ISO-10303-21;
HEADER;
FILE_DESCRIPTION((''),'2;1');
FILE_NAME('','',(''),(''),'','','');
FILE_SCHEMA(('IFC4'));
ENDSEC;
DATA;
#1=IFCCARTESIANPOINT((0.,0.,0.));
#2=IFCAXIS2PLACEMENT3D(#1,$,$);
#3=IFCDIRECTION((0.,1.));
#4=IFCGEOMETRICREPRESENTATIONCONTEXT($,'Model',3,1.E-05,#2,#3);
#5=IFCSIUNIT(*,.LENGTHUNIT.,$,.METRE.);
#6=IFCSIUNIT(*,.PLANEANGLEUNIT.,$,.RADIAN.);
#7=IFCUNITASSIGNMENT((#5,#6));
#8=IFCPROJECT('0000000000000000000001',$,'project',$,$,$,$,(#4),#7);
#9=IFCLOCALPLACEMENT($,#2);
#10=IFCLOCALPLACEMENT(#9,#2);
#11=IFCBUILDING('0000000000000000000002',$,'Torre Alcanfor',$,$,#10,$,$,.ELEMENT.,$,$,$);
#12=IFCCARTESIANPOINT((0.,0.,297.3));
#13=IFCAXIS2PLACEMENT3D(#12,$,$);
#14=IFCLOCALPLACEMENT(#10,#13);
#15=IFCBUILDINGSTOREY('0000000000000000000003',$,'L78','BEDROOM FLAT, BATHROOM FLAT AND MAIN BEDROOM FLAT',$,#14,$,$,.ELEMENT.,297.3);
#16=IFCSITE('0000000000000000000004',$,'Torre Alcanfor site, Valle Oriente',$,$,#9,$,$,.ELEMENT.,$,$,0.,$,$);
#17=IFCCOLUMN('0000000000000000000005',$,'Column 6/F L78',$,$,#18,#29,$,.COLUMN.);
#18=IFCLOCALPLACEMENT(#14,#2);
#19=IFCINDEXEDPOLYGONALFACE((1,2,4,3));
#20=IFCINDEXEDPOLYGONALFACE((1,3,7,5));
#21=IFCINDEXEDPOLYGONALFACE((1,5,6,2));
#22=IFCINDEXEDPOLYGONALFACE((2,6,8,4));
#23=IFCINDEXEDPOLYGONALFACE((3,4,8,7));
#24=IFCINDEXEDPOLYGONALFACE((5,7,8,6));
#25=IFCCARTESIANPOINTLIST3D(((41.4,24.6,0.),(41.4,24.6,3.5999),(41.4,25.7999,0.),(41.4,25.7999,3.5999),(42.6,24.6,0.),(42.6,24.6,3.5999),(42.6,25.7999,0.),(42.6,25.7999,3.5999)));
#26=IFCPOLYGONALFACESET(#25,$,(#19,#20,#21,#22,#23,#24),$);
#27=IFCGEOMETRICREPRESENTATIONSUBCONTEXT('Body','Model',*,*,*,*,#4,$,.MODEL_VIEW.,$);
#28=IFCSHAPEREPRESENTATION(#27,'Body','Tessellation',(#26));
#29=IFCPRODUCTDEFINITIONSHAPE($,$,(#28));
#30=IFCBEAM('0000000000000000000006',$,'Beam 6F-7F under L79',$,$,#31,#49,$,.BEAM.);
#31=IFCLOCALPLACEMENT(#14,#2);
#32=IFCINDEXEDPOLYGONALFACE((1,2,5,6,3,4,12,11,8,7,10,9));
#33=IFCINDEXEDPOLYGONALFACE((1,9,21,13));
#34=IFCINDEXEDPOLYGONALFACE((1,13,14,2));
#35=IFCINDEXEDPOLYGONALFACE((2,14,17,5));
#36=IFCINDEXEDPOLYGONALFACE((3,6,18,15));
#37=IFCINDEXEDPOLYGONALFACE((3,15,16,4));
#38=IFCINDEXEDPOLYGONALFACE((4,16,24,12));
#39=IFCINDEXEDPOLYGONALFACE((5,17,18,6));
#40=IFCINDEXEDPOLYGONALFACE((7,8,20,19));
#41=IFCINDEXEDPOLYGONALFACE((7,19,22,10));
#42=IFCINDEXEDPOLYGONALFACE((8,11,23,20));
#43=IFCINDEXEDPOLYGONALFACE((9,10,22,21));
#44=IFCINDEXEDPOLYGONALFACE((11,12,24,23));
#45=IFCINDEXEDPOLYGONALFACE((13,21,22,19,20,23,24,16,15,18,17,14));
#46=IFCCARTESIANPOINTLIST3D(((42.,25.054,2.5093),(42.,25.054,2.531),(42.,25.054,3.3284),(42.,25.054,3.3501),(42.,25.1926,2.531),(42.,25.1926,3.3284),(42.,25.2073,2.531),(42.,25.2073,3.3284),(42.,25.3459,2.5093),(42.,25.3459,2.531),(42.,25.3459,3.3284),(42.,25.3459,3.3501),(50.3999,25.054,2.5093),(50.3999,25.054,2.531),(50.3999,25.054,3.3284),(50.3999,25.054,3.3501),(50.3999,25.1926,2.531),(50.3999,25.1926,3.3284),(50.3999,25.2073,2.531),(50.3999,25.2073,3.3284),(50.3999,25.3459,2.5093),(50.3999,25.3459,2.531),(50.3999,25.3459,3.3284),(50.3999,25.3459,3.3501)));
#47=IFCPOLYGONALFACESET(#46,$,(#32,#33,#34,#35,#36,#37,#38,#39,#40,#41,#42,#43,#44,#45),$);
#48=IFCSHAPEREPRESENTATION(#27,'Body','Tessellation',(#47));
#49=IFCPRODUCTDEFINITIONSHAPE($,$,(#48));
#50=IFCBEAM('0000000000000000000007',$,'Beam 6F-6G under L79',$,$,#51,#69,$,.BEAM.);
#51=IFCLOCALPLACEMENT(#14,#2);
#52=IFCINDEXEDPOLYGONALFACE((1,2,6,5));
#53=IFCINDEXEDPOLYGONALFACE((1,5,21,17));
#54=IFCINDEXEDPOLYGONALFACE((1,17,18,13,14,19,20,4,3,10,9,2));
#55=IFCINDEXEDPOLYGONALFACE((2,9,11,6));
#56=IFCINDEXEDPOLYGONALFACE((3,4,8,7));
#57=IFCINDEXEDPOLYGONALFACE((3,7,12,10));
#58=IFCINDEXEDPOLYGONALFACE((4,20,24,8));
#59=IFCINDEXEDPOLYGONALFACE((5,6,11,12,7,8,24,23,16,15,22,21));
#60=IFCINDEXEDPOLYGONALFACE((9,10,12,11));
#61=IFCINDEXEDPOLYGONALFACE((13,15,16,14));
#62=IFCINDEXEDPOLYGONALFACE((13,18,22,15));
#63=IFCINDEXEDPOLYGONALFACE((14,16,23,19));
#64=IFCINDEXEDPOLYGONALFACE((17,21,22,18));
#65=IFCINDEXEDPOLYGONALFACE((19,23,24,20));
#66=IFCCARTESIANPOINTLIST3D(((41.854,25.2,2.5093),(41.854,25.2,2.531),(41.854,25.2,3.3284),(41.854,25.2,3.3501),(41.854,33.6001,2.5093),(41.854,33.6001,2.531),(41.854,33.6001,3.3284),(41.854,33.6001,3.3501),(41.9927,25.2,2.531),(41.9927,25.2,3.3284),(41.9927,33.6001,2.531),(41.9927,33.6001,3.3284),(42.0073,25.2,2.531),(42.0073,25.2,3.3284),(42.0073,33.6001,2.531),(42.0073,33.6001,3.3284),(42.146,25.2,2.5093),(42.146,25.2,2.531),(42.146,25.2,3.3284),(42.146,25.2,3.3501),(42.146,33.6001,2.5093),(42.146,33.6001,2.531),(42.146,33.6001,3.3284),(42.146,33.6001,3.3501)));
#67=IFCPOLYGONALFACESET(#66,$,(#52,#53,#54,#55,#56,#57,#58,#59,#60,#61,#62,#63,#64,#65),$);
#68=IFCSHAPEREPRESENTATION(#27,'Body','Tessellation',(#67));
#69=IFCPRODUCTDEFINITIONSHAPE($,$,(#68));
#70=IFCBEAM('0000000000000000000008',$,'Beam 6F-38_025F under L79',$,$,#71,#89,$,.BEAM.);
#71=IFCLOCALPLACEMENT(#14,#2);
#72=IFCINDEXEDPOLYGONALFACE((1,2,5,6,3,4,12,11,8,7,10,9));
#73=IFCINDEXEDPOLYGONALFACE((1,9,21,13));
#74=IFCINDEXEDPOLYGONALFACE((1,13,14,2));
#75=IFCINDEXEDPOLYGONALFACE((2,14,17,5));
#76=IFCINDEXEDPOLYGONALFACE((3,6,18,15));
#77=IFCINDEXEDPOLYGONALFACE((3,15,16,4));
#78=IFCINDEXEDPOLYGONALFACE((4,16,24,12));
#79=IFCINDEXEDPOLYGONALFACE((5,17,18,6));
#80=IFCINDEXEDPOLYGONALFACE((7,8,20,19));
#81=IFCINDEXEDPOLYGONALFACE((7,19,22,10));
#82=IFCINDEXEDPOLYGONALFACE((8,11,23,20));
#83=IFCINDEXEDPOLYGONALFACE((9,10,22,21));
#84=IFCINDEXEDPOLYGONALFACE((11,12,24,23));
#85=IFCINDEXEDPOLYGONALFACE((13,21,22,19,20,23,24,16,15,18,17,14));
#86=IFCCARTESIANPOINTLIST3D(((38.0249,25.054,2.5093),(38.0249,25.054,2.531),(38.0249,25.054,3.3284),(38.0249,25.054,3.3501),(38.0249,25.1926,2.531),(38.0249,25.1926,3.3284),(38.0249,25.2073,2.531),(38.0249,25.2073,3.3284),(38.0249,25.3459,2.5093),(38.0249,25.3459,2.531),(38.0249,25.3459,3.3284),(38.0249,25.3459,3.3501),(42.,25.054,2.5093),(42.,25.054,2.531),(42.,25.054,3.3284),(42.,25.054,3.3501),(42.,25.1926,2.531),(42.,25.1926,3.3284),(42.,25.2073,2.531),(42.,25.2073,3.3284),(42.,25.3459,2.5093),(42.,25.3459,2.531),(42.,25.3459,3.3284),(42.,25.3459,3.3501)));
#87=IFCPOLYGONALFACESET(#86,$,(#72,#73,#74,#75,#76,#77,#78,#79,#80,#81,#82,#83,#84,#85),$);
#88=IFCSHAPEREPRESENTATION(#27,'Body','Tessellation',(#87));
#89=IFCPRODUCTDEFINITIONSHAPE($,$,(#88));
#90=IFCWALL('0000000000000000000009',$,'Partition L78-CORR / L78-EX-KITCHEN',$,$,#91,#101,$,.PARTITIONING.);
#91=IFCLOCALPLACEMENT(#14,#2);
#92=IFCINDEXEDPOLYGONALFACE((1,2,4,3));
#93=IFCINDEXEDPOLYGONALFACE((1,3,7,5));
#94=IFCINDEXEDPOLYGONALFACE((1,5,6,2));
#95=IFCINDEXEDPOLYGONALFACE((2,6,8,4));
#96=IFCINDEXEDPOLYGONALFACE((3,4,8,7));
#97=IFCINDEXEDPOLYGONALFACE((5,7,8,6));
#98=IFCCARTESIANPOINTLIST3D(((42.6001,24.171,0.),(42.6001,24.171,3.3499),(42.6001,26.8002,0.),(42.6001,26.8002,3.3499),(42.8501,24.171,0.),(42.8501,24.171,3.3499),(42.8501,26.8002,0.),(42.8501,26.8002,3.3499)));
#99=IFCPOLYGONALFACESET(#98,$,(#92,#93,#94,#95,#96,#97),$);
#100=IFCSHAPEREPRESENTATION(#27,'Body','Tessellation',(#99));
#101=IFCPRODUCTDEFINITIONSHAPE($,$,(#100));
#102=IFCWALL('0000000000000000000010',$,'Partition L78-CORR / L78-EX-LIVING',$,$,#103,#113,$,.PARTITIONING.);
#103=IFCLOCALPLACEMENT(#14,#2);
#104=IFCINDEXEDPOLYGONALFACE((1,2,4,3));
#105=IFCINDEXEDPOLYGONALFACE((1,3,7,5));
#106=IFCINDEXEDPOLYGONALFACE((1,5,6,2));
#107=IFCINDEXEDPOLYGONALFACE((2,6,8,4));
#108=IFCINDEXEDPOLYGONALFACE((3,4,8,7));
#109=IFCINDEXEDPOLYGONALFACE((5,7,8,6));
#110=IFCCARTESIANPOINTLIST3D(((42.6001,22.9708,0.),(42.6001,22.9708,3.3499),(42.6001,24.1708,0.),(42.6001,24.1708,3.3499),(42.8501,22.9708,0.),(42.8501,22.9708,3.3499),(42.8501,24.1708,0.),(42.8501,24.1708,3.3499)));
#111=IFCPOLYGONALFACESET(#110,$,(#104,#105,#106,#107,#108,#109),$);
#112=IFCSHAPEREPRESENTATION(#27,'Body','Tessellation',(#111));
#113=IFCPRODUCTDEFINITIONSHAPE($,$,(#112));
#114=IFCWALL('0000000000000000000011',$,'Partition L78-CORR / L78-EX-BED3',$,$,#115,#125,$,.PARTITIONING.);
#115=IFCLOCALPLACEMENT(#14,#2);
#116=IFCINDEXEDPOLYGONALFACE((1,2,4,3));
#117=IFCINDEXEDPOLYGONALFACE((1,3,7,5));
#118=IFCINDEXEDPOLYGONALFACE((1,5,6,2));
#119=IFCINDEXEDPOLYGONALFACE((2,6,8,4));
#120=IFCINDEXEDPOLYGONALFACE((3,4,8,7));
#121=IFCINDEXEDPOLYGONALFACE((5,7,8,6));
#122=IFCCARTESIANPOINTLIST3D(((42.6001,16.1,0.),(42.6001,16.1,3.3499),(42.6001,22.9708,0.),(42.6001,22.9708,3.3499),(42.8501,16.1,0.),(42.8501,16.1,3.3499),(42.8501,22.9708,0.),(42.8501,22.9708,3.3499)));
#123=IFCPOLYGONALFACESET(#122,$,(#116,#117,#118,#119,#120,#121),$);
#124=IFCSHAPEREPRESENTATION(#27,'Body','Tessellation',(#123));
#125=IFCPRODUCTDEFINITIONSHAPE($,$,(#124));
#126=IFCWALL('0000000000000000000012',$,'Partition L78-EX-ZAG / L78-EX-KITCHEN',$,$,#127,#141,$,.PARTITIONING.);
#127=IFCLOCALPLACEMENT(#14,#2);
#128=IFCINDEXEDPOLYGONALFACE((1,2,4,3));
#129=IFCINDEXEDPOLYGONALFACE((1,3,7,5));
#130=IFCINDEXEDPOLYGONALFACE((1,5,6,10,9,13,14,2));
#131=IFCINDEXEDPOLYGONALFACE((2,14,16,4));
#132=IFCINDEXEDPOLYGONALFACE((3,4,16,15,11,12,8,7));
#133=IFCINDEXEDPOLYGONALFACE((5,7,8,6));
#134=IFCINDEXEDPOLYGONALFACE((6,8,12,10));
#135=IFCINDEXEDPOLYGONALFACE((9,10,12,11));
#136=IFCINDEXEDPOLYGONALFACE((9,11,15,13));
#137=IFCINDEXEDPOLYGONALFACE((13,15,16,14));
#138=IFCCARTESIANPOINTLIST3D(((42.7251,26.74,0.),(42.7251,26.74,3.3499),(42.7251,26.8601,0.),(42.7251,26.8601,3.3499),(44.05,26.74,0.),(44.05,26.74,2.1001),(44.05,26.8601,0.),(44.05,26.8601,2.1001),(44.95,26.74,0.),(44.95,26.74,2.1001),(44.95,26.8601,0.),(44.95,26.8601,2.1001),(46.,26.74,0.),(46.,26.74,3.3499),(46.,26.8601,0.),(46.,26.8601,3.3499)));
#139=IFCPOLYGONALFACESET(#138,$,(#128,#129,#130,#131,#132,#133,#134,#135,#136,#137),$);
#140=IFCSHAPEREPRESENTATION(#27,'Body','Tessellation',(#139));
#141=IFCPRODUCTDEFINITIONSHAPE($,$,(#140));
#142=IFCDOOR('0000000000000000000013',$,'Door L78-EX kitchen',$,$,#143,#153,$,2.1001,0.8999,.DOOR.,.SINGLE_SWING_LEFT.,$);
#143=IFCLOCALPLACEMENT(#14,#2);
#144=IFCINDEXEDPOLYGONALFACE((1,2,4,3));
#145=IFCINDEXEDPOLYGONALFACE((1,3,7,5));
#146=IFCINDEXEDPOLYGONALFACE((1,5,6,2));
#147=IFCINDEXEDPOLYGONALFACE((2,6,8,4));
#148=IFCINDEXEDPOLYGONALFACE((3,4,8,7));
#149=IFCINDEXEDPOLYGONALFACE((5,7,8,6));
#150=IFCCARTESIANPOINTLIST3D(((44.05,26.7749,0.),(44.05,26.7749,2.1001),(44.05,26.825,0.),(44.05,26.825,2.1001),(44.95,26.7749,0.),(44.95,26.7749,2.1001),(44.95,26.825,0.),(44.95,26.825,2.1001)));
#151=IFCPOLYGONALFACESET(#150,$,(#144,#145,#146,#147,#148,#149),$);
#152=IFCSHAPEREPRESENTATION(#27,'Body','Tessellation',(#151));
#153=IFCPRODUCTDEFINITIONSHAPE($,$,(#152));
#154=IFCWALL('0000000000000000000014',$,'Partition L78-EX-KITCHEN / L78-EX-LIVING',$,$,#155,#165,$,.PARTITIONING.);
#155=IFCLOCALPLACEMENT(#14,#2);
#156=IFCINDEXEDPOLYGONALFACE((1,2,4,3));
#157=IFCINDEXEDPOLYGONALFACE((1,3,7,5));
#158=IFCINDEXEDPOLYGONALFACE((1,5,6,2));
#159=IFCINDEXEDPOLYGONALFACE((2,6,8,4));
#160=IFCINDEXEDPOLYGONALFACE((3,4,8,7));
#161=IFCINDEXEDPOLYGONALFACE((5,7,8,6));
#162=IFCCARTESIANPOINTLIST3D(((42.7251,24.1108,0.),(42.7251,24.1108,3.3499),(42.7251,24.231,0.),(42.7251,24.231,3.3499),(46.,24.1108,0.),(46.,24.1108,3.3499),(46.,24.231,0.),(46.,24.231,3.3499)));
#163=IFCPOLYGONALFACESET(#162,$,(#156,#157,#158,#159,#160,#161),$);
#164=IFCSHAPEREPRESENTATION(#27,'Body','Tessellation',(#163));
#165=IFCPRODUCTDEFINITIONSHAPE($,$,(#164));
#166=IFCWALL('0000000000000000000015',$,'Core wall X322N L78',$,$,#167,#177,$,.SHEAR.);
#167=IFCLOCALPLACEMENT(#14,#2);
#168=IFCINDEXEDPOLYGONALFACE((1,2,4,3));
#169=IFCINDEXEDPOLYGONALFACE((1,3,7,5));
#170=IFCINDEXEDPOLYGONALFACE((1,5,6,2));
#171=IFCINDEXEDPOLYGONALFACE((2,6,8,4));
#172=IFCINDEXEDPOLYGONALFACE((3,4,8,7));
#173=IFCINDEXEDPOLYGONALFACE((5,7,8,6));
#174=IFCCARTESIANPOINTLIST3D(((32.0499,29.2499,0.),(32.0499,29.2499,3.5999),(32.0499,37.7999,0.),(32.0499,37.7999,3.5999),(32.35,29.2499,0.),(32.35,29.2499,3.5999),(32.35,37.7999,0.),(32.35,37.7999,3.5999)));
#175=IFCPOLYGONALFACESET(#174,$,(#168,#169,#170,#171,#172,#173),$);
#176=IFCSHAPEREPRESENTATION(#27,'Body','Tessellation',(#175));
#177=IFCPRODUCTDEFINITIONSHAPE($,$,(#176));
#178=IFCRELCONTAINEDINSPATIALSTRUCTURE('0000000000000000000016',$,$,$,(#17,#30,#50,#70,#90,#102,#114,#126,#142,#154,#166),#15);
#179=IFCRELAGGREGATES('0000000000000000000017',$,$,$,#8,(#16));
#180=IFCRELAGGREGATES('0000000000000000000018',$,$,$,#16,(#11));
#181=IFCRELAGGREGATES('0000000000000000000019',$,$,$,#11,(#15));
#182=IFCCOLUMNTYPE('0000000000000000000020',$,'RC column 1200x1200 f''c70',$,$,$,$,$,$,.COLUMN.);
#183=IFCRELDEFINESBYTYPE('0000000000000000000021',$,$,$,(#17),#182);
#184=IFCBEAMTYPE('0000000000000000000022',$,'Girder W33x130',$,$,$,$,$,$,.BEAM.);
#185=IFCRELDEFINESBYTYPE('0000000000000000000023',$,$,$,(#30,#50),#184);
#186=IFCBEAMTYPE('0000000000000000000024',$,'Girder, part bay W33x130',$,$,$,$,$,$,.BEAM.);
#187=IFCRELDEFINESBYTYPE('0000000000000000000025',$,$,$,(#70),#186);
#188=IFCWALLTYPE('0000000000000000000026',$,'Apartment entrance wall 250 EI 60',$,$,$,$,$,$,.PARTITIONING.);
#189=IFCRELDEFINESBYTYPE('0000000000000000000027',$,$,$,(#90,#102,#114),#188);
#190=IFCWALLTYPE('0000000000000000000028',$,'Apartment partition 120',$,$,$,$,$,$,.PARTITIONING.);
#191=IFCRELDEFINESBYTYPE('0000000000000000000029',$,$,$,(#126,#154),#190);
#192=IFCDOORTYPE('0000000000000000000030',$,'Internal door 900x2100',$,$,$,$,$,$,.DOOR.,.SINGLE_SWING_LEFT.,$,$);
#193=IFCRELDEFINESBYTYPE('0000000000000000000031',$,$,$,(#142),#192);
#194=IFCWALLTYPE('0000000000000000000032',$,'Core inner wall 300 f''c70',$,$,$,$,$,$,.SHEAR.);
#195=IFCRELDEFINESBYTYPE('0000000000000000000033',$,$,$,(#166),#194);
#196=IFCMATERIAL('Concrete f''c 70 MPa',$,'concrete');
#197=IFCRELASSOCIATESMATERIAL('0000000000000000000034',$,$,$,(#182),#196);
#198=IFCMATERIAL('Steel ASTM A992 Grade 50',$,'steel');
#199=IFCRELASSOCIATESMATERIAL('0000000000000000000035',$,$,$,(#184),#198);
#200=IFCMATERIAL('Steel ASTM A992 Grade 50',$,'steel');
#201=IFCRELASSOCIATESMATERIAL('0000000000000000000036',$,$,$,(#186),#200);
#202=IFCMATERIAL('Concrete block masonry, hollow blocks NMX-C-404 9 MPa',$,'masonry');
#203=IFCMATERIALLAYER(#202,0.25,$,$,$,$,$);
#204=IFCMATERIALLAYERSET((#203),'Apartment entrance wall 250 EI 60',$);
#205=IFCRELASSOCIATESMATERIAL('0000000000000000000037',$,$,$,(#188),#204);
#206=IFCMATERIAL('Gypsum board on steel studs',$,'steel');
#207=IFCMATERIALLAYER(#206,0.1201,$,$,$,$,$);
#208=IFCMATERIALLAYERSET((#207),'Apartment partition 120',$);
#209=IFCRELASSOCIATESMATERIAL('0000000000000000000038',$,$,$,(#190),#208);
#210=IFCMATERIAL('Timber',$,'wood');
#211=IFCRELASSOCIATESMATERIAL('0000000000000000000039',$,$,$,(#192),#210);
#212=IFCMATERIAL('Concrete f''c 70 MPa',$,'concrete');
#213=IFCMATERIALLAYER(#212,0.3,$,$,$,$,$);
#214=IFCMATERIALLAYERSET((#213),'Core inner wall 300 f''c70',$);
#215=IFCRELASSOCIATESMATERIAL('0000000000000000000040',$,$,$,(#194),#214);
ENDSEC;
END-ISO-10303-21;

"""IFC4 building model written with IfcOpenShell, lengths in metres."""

from ifc_helpers import new_model, si_unit, direction, frame, frame_2d, origin, origin_2d, place, context, subcontext, project, spatial, rectangle, i_section, extrude, material, layer, layer_set, material_profile, profile_set, type_object, element, fill, save


model = new_model("IFC4")

# Units and contexts
model_context = context("Model", 3, precision=1e-05, world=origin(), true_north=direction((0.0, 1.0)))
body_context = subcontext(model_context, "Body", "Model", "MODEL_VIEW")
ifc_project = project(units=[si_unit("LENGTHUNIT", "METRE"), si_unit("PLANEANGLEUNIT", "RADIAN")], contexts=[model_context])

# Site, building, storey
site_placement = place(None, origin())
site = spatial("IfcSite", under=ifc_project, at=site_placement, Name="Torre Alcanfor site, Valle Oriente", CompositionType="ELEMENT", RefElevation=0.0)
building_placement = place(site_placement, origin())
building = spatial("IfcBuilding", under=site, at=building_placement, Name="Torre Alcanfor", CompositionType="ELEMENT")
storey_placement = place(building_placement, frame((0.0, 0.0, 297.3)))
storey = spatial("IfcBuildingStorey", under=building, at=storey_placement, Name="L78", Description="BEDROOM FLAT, BATHROOM FLAT AND MAIN BEDROOM FLAT", CompositionType="ELEMENT", Elevation=297.3)

# Column
ifc_material_1 = material(Name="Concrete f'c 70 MPa", Category="concrete")
ifc_material_profile_1 = material_profile(ifc_material_1, rectangle(XDim=1.2, YDim=1.2, at=origin_2d()), Name="1200x1200")
ifc_profile_set_1 = profile_set([ifc_material_profile_1], Name="Concrete f'c 70 MPa")
column_type = type_object("IfcColumnType", Name="RC column 1200x1200 f'c70", PredefinedType="COLUMN", material=ifc_profile_set_1)
column_placement = place(storey_placement, frame((42.0, 25.2, 0.0), z_axis=(0.0, 0.0, 1.0), x_axis=(1.0, 0.0, 0.0)))
element("IfcColumn", 1, at=column_placement, inside=storey, type_object=column_type, Name="Column 6/F L78", PredefinedType="COLUMN", context=body_context, shape_type="SweptSolid", body=[
    extrude(rectangle(XDim=1.2, YDim=1.2, at=origin_2d()), origin(), (0.0, 0.0, 1.0), 3.5999),
])

# Beams
ifc_material_2 = material(Name="Steel ASTM A992 Grade 50", Category="steel")
ifc_material_profile_2 = material_profile(ifc_material_2, i_section(OverallWidth=0.292, OverallDepth=0.8408, WebThickness=0.0146, FlangeThickness=0.0217, at=origin_2d()), Name="W33x130")
ifc_profile_set_2 = profile_set([ifc_material_profile_2], Name="Steel ASTM A992 Grade 50")
beam_type_1 = type_object("IfcBeamType", Name="Girder W33x130", PredefinedType="BEAM", material=ifc_profile_set_2)
beam_1_placement = place(storey_placement, frame((42.0, 25.2, 2.9297), z_axis=(1.0, 0.0, 0.0), x_axis=(0.0, 1.0, 0.0)))
element("IfcBeam", 2, at=beam_1_placement, inside=storey, type_object=beam_type_1, Name="Beam 6F-7F under L79", PredefinedType="BEAM", context=body_context, shape_type="SweptSolid", body=[
    extrude(i_section(OverallWidth=0.292, OverallDepth=0.8408, WebThickness=0.0146, FlangeThickness=0.0217, at=origin_2d()), origin(), (0.0, 0.0, 1.0), 8.3999),
])
beam_2_placement = place(storey_placement, frame((42.0, 25.2, 2.9297), z_axis=(0.0, 1.0, 0.0), x_axis=(-1.0, 0.0, 0.0)))
element("IfcBeam", 3, at=beam_2_placement, inside=storey, type_object=beam_type_1, Name="Beam 6F-6G under L79", PredefinedType="BEAM", context=body_context, shape_type="SweptSolid", body=[
    extrude(i_section(OverallWidth=0.292, OverallDepth=0.8408, WebThickness=0.0146, FlangeThickness=0.0217, at=origin_2d()), origin(), (0.0, 0.0, 1.0), 8.4001),
])
ifc_material_3 = material(Name="Steel ASTM A992 Grade 50", Category="steel")
ifc_material_profile_3 = material_profile(ifc_material_3, i_section(OverallWidth=0.292, OverallDepth=0.8408, WebThickness=0.0146, FlangeThickness=0.0217, at=origin_2d()), Name="W33x130")
ifc_profile_set_3 = profile_set([ifc_material_profile_3], Name="Steel ASTM A992 Grade 50")
beam_type_2 = type_object("IfcBeamType", Name="Girder, part bay W33x130", PredefinedType="BEAM", material=ifc_profile_set_3)
beam_3_placement = place(storey_placement, frame((42.0, 25.2, 2.9297), z_axis=(-1.0, 0.0, 0.0), x_axis=(0.0, -1.0, 0.0)))
element("IfcBeam", 4, at=beam_3_placement, inside=storey, type_object=beam_type_2, Name="Beam 6F-38_025F under L79", PredefinedType="BEAM", context=body_context, shape_type="SweptSolid", body=[
    extrude(i_section(OverallWidth=0.292, OverallDepth=0.8408, WebThickness=0.0146, FlangeThickness=0.0217, at=origin_2d()), origin(), (0.0, 0.0, 1.0), 3.9751),
])

# Walls
ifc_material_4 = material(Name="Concrete block masonry, hollow blocks NMX-C-404 9 MPa", Category="masonry")
ifc_layer_1 = layer(ifc_material_4, 0.25)
ifc_layer_set_1 = layer_set([ifc_layer_1], Name="Apartment entrance wall 250 EI 60")
wall_type_1 = type_object("IfcWallType", Name="Apartment entrance wall 250 EI 60", PredefinedType="PARTITIONING", material=ifc_layer_set_1)
wall_1_placement = place(storey_placement, frame((42.7251, 26.8, 0.0), z_axis=(0.0, 0.0, 1.0), x_axis=(0.0, -1.0, 0.0)))
element("IfcWall", 5, at=wall_1_placement, inside=storey, type_object=wall_type_1, Name="Partition L78-CORR / L78-EX-KITCHEN", PredefinedType="PARTITIONING", context=body_context, shape_type="SweptSolid", body=[
    extrude(rectangle(XDim=2.6292, YDim=0.25, at=frame_2d((1.3145, 0.0))), origin(), (0.0, 0.0, 1.0), 3.3499),
])
wall_2_placement = place(storey_placement, frame((42.7251, 24.1709, 0.0), z_axis=(0.0, 0.0, 1.0), x_axis=(0.0, -1.0, 0.0)))
element("IfcWall", 6, at=wall_2_placement, inside=storey, type_object=wall_type_1, Name="Partition L78-CORR / L78-EX-LIVING", PredefinedType="PARTITIONING", context=body_context, shape_type="SweptSolid", body=[
    extrude(rectangle(XDim=1.2, YDim=0.25, at=frame_2d((0.6001, 0.0))), origin(), (0.0, 0.0, 1.0), 3.3499),
])
wall_3_placement = place(storey_placement, frame((42.7251, 22.9709, 0.0), z_axis=(0.0, 0.0, 1.0), x_axis=(0.0, -1.0, 0.0)))
element("IfcWall", 7, at=wall_3_placement, inside=storey, type_object=wall_type_1, Name="Partition L78-CORR / L78-EX-BED3", PredefinedType="PARTITIONING", context=body_context, shape_type="SweptSolid", body=[
    extrude(rectangle(XDim=6.8708, YDim=0.25, at=frame_2d((3.4355, 0.0))), origin(), (0.0, 0.0, 1.0), 3.3499),
])

# Wall, opening, door
ifc_material_5 = material(Name="Gypsum board on steel studs", Category="steel")
ifc_layer_2 = layer(ifc_material_5, 0.1201)
ifc_layer_set_2 = layer_set([ifc_layer_2], Name="Apartment partition 120")
wall_type_2 = type_object("IfcWallType", Name="Apartment partition 120", PredefinedType="PARTITIONING", material=ifc_layer_set_2)
wall_4_placement = place(storey_placement, frame((42.7251, 26.8, 0.0), z_axis=(0.0, 0.0, 1.0), x_axis=(1.0, 0.0, 0.0)))
wall_4 = element("IfcWall", 8, at=wall_4_placement, inside=storey, type_object=wall_type_2, Name="Partition L78-EX-ZAG / L78-EX-KITCHEN", PredefinedType="PARTITIONING", context=body_context, shape_type="SweptSolid", body=[
    extrude(rectangle(XDim=3.2749, YDim=0.1201, at=frame_2d((1.6375, 0.0))), origin(), (0.0, 0.0, 1.0), 3.3499),
])
opening_1_placement = place(wall_4_placement, frame((1.325, 0.0, 0.0)))
opening_1 = element("IfcOpeningElement", 9, at=opening_1_placement, cuts=wall_4, PredefinedType="OPENING", context=body_context, shape_type="SweptSolid", body=[
    extrude(rectangle(XDim=0.8999, YDim=2.1001, at=frame_2d((0.45, 1.05))), frame((0.0, 0.0701, 0.0), z_axis=(0.0, -1.0, 0.0), x_axis=(1.0, 0.0, 0.0)), (0.0, 0.0, 1.0), 0.1401),
])
ifc_material_6 = material(Name="Timber", Category="wood")
door_type_1 = type_object("IfcDoorType", Name="Internal door 900x2100", OperationType="SINGLE_SWING_LEFT", PredefinedType="DOOR", material=ifc_material_6)
door_1_placement = place(opening_1_placement, frame((0.8999, 0.0, 0.0), z_axis=(0.0, 0.0, 1.0), x_axis=(-1.0, 0.0, 0.0)))
door_1 = element("IfcDoor", 10, at=door_1_placement, inside=storey, type_object=door_type_1, Name="Door L78-EX kitchen", OperationType="SINGLE_SWING_LEFT", OverallHeight=2.1001, OverallWidth=0.8999, PredefinedType="DOOR", context=body_context, shape_type="SweptSolid", body=[
    extrude(rectangle(XDim=0.8999, YDim=2.1001, at=frame_2d((0.45, 1.05))), frame((0.0, 0.0251, 0.0), z_axis=(0.0, -1.0, 0.0), x_axis=(1.0, 0.0, 0.0)), (0.0, 0.0, 1.0), 0.05),
])
fill(opening_1, door_1)

# Walls
wall_5_placement = place(storey_placement, frame((42.7251, 24.1709, 0.0), z_axis=(0.0, 0.0, 1.0), x_axis=(1.0, 0.0, 0.0)))
element("IfcWall", 11, at=wall_5_placement, inside=storey, type_object=wall_type_2, Name="Partition L78-EX-KITCHEN / L78-EX-LIVING", PredefinedType="PARTITIONING", context=body_context, shape_type="SweptSolid", body=[
    extrude(rectangle(XDim=3.2749, YDim=0.1201, at=frame_2d((1.6375, 0.0))), origin(), (0.0, 0.0, 1.0), 3.3499),
])
ifc_material_7 = material(Name="Concrete f'c 70 MPa", Category="concrete")
ifc_layer_3 = layer(ifc_material_7, 0.3)
ifc_layer_set_3 = layer_set([ifc_layer_3], Name="Core inner wall 300 f'c70")
wall_type_3 = type_object("IfcWallType", Name="Core inner wall 300 f'c70", PredefinedType="SHEAR", material=ifc_layer_set_3)
wall_6_placement = place(storey_placement, frame((32.2, 29.25, 0.0), z_axis=(0.0, 0.0, 1.0), x_axis=(0.0, 1.0, 0.0)))
element("IfcWall", 12, at=wall_6_placement, inside=storey, type_object=wall_type_3, Name="Core wall X322N L78", PredefinedType="SHEAR", context=body_context, shape_type="SweptSolid", body=[
    extrude(rectangle(XDim=8.55, YDim=0.3, at=frame_2d((4.2749, 0.0))), origin(), (0.0, 0.0, 1.0), 3.5999),
])

save(model, "model.ifc")
